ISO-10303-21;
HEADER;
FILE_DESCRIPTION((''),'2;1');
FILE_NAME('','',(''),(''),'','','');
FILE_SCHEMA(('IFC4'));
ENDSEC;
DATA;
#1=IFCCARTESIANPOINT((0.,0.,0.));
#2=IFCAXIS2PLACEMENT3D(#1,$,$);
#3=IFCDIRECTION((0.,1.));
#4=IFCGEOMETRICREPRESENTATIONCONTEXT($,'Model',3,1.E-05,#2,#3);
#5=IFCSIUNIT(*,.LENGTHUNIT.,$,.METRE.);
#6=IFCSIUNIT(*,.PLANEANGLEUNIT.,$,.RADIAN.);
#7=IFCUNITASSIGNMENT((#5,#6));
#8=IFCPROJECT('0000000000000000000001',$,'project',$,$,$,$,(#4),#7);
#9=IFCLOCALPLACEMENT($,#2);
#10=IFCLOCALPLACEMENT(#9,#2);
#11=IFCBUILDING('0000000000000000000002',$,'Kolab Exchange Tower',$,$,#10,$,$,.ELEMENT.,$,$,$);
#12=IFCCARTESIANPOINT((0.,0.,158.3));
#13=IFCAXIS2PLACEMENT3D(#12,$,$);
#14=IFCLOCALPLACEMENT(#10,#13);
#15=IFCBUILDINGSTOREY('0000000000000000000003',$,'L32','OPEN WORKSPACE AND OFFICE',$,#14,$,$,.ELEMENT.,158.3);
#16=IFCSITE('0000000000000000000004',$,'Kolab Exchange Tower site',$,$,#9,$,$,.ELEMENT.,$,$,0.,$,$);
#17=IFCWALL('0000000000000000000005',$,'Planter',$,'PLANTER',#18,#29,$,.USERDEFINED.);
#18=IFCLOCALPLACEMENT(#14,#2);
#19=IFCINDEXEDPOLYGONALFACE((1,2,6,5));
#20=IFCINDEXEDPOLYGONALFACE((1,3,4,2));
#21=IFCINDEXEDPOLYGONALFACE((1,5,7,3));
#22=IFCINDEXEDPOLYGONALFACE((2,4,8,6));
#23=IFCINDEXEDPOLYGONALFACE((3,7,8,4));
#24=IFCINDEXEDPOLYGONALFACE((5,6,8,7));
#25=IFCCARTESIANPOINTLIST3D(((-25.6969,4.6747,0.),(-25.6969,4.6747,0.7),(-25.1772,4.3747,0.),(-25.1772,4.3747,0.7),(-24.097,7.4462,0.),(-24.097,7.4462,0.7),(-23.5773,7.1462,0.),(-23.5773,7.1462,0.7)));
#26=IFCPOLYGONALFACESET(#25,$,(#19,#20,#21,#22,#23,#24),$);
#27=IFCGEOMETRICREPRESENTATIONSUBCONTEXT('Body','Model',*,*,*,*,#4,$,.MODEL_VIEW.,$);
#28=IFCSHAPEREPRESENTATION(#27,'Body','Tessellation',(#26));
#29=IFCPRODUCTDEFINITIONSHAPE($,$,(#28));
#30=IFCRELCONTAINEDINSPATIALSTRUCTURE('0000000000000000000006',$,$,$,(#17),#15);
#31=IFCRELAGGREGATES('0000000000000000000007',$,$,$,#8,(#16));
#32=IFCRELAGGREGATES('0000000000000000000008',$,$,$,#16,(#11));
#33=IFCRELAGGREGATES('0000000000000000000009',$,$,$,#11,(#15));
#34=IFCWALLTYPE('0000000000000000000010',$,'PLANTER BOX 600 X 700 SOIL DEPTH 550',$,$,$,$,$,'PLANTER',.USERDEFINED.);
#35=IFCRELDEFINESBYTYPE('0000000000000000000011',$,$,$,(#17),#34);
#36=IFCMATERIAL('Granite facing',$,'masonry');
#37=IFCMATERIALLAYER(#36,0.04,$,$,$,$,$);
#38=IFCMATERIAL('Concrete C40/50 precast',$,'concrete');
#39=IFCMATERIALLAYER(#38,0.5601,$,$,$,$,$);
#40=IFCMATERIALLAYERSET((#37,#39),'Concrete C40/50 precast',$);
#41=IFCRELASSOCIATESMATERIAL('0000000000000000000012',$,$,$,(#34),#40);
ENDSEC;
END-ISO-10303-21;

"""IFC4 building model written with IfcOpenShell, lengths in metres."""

from ifc_helpers import new_model, si_unit, direction, frame, frame_2d, origin, place, context, subcontext, project, spatial, rectangle, extrude, material, layer, layer_set, type_object, element, save


model = new_model("IFC4")

# Units and contexts
model_context = context("Model", 3, precision=1e-05, world=origin(), true_north=direction((0.0, 1.0)))
body_context = subcontext(model_context, "Body", "Model", "MODEL_VIEW")
ifc_project = project(units=[si_unit("LENGTHUNIT", "METRE"), si_unit("PLANEANGLEUNIT", "RADIAN")], contexts=[model_context])

# Site, building, storey
site_placement = place(None, origin())
site = spatial("IfcSite", under=ifc_project, at=site_placement, Name="Kolab Exchange Tower site", CompositionType="ELEMENT", RefElevation=0.0)
building_placement = place(site_placement, origin())
building = spatial("IfcBuilding", under=site, at=building_placement, Name="Kolab Exchange Tower", CompositionType="ELEMENT")
storey_placement = place(building_placement, frame((0.0, 0.0, 158.3)))
storey = spatial("IfcBuildingStorey", under=building, at=storey_placement, Name="L32", Description="OPEN WORKSPACE AND OFFICE", CompositionType="ELEMENT", Elevation=158.3)

# Wall
ifc_material_1 = material(Name="Granite facing", Category="masonry")
ifc_layer_1 = layer(ifc_material_1, 0.04)
ifc_material_2 = material(Name="Concrete C40/50 precast", Category="concrete")
ifc_layer_2 = layer(ifc_material_2, 0.5601)
ifc_layer_set_1 = layer_set([ifc_layer_1, ifc_layer_2], Name="Concrete C40/50 precast")
wall_type_1 = type_object("IfcWallType", Name="PLANTER BOX 600 X 700 SOIL DEPTH 550", ElementType="PLANTER", PredefinedType="USERDEFINED", material=ifc_layer_set_1)
wall_1_placement = place(storey_placement, frame((-25.437, 4.5247, 0.0), z_axis=(0.0, 0.0, 1.0), x_axis=(0.499938, 0.866061, 0.0)))
element("IfcWall", 1, at=wall_1_placement, inside=storey, type_object=wall_type_1, Name="Planter", ObjectType="PLANTER", PredefinedType="USERDEFINED", context=body_context, shape_type="SweptSolid", body=[
    extrude(rectangle(XDim=3.2002, YDim=0.6001, at=frame_2d((1.6001, 0.0))), origin(), (0.0, 0.0, 1.0), 0.7),
])

save(model, "model.ifc")
